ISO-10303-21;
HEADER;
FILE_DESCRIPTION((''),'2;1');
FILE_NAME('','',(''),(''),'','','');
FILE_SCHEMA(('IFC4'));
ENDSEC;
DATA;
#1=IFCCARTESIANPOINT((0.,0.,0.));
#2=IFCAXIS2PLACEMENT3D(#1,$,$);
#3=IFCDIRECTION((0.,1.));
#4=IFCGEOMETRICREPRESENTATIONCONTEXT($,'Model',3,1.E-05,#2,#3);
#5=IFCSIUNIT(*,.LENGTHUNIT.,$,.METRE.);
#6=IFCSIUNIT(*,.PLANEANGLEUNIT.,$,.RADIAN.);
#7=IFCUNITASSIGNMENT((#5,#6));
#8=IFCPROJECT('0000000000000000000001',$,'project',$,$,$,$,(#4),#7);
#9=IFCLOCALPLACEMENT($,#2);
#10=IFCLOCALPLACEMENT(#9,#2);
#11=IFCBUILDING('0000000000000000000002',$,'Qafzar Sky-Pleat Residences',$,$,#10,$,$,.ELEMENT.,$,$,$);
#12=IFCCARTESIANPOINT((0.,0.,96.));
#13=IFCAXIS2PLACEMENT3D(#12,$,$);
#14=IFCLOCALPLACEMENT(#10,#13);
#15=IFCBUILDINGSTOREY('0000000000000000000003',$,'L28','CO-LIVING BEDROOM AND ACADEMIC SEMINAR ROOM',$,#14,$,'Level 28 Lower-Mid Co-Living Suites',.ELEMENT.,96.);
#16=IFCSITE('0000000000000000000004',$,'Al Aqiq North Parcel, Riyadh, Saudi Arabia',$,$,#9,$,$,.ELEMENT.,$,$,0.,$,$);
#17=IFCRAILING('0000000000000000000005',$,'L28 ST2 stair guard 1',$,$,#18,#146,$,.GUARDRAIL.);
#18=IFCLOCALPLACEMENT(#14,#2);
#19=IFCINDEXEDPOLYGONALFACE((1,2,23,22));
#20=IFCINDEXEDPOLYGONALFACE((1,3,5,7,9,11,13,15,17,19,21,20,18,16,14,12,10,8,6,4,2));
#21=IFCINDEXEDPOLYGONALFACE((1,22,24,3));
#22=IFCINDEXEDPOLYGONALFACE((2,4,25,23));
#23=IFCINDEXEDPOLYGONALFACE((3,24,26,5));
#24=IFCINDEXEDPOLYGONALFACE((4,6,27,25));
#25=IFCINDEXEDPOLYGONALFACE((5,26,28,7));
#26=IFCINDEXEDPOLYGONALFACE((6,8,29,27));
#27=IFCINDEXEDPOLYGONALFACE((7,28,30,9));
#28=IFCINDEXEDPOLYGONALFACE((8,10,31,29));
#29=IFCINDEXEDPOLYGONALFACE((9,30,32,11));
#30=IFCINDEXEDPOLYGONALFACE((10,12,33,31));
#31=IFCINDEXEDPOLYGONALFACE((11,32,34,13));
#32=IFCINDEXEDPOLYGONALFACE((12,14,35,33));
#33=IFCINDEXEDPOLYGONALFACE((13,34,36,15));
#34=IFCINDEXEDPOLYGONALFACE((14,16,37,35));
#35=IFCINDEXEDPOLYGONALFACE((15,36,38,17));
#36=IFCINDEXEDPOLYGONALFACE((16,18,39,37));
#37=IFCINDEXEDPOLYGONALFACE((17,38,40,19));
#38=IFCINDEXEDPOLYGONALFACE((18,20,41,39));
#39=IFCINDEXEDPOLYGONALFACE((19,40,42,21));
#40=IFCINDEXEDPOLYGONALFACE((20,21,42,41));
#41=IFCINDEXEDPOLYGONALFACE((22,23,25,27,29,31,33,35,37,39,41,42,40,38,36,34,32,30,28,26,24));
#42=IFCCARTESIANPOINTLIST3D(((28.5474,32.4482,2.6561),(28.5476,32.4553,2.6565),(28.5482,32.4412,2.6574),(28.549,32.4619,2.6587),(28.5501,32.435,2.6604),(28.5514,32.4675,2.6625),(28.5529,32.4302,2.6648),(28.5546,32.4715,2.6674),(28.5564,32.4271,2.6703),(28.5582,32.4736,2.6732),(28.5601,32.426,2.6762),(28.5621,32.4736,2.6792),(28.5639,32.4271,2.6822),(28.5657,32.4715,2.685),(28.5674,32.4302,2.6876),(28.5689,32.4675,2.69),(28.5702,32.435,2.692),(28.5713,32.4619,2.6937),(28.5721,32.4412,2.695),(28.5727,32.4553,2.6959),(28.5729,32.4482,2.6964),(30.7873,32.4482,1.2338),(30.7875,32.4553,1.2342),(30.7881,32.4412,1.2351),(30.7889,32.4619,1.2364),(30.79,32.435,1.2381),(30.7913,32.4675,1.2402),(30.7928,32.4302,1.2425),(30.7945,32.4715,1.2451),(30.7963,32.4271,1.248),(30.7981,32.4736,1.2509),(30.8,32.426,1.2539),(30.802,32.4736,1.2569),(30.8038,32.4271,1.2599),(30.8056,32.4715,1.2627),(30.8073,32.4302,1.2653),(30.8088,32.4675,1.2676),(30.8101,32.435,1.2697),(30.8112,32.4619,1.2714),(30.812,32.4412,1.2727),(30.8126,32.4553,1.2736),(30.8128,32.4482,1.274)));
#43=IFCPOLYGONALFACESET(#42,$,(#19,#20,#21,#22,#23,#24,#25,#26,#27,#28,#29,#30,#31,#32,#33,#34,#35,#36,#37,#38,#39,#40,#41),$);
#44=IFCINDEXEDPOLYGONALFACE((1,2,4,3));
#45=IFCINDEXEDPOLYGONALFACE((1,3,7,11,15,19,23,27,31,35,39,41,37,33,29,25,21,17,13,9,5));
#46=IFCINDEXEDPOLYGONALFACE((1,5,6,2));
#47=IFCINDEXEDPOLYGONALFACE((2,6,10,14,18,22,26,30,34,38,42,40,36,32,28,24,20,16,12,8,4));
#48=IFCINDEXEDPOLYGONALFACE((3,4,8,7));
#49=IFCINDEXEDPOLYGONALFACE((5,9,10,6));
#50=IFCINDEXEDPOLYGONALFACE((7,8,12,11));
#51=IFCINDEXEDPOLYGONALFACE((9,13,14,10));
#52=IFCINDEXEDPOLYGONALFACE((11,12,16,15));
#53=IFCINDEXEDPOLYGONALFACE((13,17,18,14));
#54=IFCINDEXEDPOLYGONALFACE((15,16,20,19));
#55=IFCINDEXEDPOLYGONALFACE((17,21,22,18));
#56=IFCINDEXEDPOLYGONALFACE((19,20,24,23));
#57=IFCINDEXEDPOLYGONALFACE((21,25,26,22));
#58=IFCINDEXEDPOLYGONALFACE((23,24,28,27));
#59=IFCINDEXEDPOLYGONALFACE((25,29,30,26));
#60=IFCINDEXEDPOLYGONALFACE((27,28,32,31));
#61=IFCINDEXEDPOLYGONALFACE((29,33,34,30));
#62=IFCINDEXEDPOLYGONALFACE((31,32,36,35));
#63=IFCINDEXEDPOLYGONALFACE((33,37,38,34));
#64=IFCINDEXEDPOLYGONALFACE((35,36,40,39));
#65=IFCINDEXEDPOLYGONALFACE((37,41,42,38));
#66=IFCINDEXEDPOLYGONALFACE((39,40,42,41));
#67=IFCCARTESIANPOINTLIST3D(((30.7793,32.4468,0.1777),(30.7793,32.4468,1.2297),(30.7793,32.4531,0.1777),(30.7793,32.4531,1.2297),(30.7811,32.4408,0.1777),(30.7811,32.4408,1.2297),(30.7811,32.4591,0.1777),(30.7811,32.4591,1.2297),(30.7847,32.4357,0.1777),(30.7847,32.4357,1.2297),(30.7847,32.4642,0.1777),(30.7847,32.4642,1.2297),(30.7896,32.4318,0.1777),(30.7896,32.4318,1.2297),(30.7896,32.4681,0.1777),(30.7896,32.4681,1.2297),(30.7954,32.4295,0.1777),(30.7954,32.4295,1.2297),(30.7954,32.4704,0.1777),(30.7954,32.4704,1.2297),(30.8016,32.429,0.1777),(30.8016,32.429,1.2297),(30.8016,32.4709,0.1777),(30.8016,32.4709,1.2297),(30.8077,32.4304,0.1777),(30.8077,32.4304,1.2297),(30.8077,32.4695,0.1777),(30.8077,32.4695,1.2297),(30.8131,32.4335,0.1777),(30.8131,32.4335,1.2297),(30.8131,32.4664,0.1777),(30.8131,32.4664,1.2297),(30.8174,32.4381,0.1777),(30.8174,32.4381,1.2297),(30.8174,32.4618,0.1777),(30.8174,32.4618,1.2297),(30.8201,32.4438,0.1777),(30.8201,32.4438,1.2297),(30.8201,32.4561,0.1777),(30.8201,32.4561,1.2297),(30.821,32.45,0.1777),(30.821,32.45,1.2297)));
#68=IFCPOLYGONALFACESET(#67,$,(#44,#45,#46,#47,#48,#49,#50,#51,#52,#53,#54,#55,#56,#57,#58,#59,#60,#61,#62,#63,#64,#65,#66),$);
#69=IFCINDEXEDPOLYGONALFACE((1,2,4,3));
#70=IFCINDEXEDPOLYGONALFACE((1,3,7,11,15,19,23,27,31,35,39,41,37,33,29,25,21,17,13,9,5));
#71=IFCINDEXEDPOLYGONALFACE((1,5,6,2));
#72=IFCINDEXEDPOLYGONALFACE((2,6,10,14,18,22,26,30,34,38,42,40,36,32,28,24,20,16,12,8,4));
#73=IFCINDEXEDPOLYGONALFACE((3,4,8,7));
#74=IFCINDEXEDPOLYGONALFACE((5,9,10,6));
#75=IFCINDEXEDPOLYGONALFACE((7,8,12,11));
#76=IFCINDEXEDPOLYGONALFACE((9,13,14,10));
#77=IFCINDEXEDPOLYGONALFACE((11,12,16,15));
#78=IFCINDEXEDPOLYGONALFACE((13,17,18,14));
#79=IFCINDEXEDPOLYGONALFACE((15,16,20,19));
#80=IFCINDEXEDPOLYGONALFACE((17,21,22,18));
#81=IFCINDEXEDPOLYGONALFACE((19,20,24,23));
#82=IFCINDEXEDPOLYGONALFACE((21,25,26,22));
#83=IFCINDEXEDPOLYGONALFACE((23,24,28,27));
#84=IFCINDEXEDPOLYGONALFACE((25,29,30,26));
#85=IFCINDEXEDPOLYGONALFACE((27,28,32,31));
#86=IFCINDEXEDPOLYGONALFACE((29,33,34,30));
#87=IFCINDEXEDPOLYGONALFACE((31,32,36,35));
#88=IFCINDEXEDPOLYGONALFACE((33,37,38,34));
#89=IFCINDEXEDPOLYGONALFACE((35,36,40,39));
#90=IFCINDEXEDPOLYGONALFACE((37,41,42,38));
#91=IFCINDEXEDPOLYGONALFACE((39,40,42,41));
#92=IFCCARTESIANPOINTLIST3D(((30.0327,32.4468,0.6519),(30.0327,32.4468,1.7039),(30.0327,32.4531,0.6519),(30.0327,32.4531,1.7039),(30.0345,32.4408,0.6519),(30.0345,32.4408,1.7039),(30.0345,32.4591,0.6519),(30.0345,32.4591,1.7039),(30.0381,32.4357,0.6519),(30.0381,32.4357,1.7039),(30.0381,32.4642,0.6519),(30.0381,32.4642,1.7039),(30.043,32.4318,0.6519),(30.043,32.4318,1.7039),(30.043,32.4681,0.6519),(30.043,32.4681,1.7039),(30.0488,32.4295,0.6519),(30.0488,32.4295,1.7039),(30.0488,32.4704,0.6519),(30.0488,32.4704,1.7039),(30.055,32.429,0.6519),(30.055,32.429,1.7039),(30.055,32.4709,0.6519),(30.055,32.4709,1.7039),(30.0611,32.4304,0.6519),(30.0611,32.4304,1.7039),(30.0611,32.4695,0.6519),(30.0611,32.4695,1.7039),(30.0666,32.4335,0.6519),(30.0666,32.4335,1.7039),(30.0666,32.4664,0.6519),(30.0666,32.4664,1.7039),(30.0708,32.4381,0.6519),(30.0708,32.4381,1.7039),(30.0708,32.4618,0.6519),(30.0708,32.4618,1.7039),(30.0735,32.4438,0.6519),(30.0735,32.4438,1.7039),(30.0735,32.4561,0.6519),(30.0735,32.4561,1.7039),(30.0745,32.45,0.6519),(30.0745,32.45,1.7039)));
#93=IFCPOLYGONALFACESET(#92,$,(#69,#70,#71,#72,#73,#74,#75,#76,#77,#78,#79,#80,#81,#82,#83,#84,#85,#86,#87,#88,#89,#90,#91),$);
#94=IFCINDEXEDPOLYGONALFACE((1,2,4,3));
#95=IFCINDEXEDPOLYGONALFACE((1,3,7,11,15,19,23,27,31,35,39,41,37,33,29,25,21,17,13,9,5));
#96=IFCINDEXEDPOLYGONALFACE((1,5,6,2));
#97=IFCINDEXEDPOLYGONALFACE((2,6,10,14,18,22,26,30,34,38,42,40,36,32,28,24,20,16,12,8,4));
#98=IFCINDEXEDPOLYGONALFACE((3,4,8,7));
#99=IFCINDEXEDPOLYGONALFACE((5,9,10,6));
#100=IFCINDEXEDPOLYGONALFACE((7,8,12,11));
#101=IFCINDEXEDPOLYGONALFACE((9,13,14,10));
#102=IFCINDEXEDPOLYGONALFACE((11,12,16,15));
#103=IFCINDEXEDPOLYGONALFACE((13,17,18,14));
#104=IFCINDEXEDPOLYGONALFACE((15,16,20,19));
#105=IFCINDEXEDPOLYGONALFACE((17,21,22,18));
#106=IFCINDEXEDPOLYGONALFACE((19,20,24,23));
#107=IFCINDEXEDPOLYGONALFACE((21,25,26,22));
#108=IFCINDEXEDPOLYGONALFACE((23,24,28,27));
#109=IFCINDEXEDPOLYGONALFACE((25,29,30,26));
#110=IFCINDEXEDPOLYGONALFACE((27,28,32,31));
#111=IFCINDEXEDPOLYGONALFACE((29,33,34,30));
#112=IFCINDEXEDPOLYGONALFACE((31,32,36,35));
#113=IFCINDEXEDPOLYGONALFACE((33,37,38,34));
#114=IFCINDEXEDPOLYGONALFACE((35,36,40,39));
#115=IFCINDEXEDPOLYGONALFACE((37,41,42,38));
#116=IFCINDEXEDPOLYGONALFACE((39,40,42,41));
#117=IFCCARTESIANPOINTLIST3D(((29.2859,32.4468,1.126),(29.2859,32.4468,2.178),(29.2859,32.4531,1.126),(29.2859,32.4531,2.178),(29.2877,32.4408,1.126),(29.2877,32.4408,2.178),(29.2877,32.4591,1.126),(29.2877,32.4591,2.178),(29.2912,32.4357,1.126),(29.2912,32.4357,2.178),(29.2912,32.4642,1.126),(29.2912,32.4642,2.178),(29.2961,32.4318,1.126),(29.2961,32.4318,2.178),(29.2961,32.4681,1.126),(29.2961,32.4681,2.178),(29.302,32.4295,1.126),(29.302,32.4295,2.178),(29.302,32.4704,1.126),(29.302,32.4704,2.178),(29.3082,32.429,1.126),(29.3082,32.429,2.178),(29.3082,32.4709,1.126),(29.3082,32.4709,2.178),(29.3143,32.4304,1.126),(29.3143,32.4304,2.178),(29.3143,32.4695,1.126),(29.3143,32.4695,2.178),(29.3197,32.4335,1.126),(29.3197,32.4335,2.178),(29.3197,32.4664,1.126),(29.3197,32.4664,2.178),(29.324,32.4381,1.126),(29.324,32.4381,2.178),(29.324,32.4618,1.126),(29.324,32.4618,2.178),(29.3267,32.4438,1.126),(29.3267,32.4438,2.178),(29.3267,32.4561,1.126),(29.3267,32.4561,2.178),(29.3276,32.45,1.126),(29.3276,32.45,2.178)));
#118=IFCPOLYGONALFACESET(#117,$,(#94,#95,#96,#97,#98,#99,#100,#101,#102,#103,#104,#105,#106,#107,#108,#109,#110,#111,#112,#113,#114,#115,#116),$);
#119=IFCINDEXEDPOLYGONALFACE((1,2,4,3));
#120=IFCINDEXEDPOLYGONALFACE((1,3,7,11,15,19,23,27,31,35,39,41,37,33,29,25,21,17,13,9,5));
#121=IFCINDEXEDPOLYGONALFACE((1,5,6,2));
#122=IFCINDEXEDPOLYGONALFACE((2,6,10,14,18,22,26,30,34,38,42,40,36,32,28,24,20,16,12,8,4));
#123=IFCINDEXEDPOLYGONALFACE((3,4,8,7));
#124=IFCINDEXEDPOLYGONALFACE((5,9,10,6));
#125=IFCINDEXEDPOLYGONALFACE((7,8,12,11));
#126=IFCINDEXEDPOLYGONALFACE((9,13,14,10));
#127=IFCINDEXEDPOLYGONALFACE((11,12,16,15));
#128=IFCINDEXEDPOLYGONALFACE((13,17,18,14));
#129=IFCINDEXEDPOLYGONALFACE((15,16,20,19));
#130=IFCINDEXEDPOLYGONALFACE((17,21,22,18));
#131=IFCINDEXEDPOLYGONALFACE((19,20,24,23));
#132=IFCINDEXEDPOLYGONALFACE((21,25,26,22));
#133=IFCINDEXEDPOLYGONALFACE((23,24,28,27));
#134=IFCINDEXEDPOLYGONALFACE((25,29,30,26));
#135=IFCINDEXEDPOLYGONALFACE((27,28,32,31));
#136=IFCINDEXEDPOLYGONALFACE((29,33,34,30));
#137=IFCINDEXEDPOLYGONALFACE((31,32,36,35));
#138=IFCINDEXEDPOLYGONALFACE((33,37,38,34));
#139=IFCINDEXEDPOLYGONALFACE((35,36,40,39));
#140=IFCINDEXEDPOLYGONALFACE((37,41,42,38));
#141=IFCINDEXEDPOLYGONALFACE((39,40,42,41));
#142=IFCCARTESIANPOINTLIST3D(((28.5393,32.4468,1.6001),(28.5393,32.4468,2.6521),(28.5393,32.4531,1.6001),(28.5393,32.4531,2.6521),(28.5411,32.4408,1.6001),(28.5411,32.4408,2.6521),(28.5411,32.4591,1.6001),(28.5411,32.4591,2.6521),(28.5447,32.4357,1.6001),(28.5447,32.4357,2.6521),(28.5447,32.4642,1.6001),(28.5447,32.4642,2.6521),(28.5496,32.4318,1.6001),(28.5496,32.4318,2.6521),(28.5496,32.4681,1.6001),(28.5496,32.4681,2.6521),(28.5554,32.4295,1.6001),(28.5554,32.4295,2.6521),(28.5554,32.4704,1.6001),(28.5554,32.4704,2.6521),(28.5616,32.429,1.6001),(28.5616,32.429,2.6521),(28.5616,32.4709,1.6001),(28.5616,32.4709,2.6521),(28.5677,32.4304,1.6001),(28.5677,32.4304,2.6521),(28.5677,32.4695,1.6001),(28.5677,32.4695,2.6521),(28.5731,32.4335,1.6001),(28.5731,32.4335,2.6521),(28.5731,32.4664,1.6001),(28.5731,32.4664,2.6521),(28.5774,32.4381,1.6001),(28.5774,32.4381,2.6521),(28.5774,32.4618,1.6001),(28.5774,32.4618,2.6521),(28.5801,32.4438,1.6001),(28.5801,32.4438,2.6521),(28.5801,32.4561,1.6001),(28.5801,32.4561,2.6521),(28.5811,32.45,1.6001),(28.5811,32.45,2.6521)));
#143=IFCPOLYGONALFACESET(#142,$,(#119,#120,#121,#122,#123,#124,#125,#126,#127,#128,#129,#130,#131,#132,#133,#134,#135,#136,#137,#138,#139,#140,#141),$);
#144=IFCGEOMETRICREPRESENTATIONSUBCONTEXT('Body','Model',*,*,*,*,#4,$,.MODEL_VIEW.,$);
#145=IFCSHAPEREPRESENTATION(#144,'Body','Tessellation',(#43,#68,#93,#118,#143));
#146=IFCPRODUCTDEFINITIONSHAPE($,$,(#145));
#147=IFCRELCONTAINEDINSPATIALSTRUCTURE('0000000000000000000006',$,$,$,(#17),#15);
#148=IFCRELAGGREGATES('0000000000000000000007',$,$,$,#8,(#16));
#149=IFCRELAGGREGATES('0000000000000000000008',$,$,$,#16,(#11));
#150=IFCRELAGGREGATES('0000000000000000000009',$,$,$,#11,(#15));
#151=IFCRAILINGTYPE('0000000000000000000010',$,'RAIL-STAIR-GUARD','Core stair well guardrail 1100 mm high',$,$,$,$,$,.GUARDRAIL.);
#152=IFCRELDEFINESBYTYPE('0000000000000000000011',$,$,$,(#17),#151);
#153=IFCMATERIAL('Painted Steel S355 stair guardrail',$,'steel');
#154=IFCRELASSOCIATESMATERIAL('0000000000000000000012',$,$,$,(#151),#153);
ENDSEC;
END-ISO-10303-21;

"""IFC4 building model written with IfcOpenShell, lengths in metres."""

from ifc_helpers import new_model, si_unit, direction, frame, origin, origin_2d, place, context, subcontext, project, spatial, circle, extrude, source, transform, mapped, material, type_object, element, save


model = new_model("IFC4")

# Units and contexts
model_context = context("Model", 3, precision=1e-05, world=origin(), true_north=direction((0.0, 1.0)))
body_context = subcontext(model_context, "Body", "Model", "MODEL_VIEW")
ifc_project = project(units=[si_unit("LENGTHUNIT", "METRE"), si_unit("PLANEANGLEUNIT", "RADIAN")], contexts=[model_context])

# Site, building, storey
site_placement = place(None, origin())
site = spatial("IfcSite", under=ifc_project, at=site_placement, Name="Al Aqiq North Parcel, Riyadh, Saudi Arabia", CompositionType="ELEMENT", RefElevation=0.0)
building_placement = place(site_placement, origin())
building = spatial("IfcBuilding", under=site, at=building_placement, Name="Qafzar Sky-Pleat Residences", CompositionType="ELEMENT")
storey_placement = place(building_placement, frame((0.0, 0.0, 96.0)))
storey = spatial("IfcBuildingStorey", under=building, at=storey_placement, Name="L28", Description="CO-LIVING BEDROOM AND ACADEMIC SEMINAR ROOM", LongName="Level 28 Lower-Mid Co-Living Suites", CompositionType="ELEMENT", Elevation=96.0)

# Railing
ifc_material_1 = material(Name="Painted Steel S355 stair guardrail", Category="steel")
railing_type_1 = type_object("IfcRailingType", Name="RAIL-STAIR-GUARD", Description="Core stair well guardrail 1100 mm high", PredefinedType="GUARDRAIL", material=ifc_material_1)
shared_shape_1 = source(origin(), body_context, "Body", "SweptSolid", [
    extrude(circle(Radius=0.0239, at=origin_2d()), frame((0.0, 0.0, 1.0762), z_axis=(-0.844188, 0.0, 0.536048), x_axis=(0.0, -1.0, 0.0)), (0.0, 0.0, 1.0), 2.6533),
    extrude(circle(Radius=0.021, at=origin_2d()), origin(), (0.0, 0.0, 1.0), 1.052),
    extrude(circle(Radius=0.021, at=origin_2d()), frame((-0.7466, 0.0, 0.4741)), (0.0, 0.0, 1.0), 1.052),
    extrude(circle(Radius=0.021, at=origin_2d()), frame((-1.4934, 0.0, 0.9482)), (0.0, 0.0, 1.0), 1.052),
    extrude(circle(Radius=0.021, at=origin_2d()), frame((-2.24, 0.0, 1.4224)), (0.0, 0.0, 1.0), 1.052),
])
railing_1_placement = place(storey_placement, frame((30.8, 32.45, 0.1777)))
element("IfcRailing", 1, at=railing_1_placement, inside=storey, type_object=railing_type_1, Name="L28 ST2 stair guard 1", PredefinedType="GUARDRAIL", context=body_context, shape_type="MappedRepresentation", body=[
    mapped(shared_shape_1, transform((0.0, 0.0, 0.0), x_axis=(1.0, 0.0, 0.0), y_axis=(0.0, 1.0, 0.0), z_axis=(0.0, 0.0, 1.0), scale=1.0)),
])

save(model, "model.ifc")
